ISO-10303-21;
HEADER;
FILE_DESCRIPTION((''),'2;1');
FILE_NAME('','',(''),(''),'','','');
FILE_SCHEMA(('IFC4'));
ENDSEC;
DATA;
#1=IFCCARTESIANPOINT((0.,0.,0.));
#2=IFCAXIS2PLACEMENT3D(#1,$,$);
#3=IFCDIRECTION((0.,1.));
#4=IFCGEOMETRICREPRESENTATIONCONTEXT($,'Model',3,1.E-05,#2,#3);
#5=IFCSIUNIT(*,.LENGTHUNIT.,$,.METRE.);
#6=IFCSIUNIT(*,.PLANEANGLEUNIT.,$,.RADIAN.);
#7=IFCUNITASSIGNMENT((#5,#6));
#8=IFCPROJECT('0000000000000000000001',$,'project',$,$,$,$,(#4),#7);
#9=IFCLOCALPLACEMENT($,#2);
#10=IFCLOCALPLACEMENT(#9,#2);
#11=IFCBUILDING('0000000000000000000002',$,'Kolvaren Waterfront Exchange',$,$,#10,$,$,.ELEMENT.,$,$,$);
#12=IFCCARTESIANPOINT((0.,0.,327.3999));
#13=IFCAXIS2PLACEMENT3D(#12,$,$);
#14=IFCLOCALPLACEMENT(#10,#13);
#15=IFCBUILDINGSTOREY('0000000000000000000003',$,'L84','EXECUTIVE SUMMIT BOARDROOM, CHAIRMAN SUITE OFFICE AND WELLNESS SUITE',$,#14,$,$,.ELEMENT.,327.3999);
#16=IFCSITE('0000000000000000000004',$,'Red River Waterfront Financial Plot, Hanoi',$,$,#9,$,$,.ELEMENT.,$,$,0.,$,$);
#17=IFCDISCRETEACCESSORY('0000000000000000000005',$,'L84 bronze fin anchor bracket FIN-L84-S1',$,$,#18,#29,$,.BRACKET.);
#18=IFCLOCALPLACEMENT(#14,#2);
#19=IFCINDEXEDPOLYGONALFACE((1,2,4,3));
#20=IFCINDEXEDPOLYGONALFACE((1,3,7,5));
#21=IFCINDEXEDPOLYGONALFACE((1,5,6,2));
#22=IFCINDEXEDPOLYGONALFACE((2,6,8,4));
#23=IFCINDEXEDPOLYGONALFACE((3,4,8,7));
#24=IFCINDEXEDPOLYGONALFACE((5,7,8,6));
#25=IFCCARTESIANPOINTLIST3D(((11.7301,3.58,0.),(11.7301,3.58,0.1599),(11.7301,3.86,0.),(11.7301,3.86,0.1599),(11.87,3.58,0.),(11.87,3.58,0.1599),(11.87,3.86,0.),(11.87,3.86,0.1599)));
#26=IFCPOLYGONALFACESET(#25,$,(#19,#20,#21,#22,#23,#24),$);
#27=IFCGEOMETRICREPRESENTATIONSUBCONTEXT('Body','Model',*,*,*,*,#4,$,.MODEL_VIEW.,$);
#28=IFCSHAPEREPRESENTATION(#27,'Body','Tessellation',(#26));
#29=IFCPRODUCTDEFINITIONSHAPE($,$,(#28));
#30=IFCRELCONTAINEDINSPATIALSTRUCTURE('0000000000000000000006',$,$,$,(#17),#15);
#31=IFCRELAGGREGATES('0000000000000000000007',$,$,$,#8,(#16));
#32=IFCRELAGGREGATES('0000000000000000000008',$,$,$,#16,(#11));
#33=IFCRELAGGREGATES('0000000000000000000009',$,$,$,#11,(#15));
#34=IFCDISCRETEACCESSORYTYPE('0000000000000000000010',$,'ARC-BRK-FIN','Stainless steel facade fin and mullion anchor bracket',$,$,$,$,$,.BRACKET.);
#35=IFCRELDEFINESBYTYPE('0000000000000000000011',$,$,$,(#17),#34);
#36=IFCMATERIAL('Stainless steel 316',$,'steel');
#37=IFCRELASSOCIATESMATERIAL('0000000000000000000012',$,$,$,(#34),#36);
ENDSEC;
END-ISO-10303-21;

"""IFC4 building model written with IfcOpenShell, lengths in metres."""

from ifc_helpers import new_model, si_unit, direction, frame, origin, origin_with_axes, origin_2d, place, context, subcontext, project, spatial, rectangle, extrude, source, transform, mapped, material, type_object, element, save


model = new_model("IFC4")

# Units and contexts
model_context = context("Model", 3, precision=1e-05, world=origin(), true_north=direction((0.0, 1.0)))
body_context = subcontext(model_context, "Body", "Model", "MODEL_VIEW")
ifc_project = project(units=[si_unit("LENGTHUNIT", "METRE"), si_unit("PLANEANGLEUNIT", "RADIAN")], contexts=[model_context])

# Site, building, storey
site_placement = place(None, origin())
site = spatial("IfcSite", under=ifc_project, at=site_placement, Name="Red River Waterfront Financial Plot, Hanoi", CompositionType="ELEMENT", RefElevation=0.0)
building_placement = place(site_placement, origin())
building = spatial("IfcBuilding", under=site, at=building_placement, Name="Kolvaren Waterfront Exchange", CompositionType="ELEMENT")
storey_placement = place(building_placement, frame((0.0, 0.0, 327.3999)))
storey = spatial("IfcBuildingStorey", under=building, at=storey_placement, Name="L84", Description="EXECUTIVE SUMMIT BOARDROOM, CHAIRMAN SUITE OFFICE AND WELLNESS SUITE", CompositionType="ELEMENT", Elevation=327.3999)

# Discrete accessory
ifc_material_1 = material(Name="Stainless steel 316", Category="steel")
discrete_accessory_type = type_object("IfcDiscreteAccessoryType", Name="ARC-BRK-FIN", Description="Stainless steel facade fin and mullion anchor bracket", PredefinedType="BRACKET", material=ifc_material_1)
shared_shape_1 = source(origin_with_axes(), body_context, "Body", "SweptSolid", [
    extrude(rectangle(XDim=0.28, YDim=0.1399, at=origin_2d()), origin(), (0.0, 0.0, 1.0), 0.1599),
])
discrete_accessory_placement = place(storey_placement, frame((11.8, 3.72, 0.0), z_axis=(0.0, 0.0, 1.0), x_axis=(0.0, -1.0, 0.0)))
element("IfcDiscreteAccessory", 1, at=discrete_accessory_placement, inside=storey, type_object=discrete_accessory_type, Name="L84 bronze fin anchor bracket FIN-L84-S1", PredefinedType="BRACKET", context=body_context, shape_type="MappedRepresentation", body=[
    mapped(shared_shape_1, transform((0.0, 0.0, 0.0), x_axis=(1.0, 0.0, 0.0), y_axis=(0.0, 1.0, 0.0), z_axis=(0.0, 0.0, 1.0), scale=1.0)),
])

save(model, "model.ifc")
